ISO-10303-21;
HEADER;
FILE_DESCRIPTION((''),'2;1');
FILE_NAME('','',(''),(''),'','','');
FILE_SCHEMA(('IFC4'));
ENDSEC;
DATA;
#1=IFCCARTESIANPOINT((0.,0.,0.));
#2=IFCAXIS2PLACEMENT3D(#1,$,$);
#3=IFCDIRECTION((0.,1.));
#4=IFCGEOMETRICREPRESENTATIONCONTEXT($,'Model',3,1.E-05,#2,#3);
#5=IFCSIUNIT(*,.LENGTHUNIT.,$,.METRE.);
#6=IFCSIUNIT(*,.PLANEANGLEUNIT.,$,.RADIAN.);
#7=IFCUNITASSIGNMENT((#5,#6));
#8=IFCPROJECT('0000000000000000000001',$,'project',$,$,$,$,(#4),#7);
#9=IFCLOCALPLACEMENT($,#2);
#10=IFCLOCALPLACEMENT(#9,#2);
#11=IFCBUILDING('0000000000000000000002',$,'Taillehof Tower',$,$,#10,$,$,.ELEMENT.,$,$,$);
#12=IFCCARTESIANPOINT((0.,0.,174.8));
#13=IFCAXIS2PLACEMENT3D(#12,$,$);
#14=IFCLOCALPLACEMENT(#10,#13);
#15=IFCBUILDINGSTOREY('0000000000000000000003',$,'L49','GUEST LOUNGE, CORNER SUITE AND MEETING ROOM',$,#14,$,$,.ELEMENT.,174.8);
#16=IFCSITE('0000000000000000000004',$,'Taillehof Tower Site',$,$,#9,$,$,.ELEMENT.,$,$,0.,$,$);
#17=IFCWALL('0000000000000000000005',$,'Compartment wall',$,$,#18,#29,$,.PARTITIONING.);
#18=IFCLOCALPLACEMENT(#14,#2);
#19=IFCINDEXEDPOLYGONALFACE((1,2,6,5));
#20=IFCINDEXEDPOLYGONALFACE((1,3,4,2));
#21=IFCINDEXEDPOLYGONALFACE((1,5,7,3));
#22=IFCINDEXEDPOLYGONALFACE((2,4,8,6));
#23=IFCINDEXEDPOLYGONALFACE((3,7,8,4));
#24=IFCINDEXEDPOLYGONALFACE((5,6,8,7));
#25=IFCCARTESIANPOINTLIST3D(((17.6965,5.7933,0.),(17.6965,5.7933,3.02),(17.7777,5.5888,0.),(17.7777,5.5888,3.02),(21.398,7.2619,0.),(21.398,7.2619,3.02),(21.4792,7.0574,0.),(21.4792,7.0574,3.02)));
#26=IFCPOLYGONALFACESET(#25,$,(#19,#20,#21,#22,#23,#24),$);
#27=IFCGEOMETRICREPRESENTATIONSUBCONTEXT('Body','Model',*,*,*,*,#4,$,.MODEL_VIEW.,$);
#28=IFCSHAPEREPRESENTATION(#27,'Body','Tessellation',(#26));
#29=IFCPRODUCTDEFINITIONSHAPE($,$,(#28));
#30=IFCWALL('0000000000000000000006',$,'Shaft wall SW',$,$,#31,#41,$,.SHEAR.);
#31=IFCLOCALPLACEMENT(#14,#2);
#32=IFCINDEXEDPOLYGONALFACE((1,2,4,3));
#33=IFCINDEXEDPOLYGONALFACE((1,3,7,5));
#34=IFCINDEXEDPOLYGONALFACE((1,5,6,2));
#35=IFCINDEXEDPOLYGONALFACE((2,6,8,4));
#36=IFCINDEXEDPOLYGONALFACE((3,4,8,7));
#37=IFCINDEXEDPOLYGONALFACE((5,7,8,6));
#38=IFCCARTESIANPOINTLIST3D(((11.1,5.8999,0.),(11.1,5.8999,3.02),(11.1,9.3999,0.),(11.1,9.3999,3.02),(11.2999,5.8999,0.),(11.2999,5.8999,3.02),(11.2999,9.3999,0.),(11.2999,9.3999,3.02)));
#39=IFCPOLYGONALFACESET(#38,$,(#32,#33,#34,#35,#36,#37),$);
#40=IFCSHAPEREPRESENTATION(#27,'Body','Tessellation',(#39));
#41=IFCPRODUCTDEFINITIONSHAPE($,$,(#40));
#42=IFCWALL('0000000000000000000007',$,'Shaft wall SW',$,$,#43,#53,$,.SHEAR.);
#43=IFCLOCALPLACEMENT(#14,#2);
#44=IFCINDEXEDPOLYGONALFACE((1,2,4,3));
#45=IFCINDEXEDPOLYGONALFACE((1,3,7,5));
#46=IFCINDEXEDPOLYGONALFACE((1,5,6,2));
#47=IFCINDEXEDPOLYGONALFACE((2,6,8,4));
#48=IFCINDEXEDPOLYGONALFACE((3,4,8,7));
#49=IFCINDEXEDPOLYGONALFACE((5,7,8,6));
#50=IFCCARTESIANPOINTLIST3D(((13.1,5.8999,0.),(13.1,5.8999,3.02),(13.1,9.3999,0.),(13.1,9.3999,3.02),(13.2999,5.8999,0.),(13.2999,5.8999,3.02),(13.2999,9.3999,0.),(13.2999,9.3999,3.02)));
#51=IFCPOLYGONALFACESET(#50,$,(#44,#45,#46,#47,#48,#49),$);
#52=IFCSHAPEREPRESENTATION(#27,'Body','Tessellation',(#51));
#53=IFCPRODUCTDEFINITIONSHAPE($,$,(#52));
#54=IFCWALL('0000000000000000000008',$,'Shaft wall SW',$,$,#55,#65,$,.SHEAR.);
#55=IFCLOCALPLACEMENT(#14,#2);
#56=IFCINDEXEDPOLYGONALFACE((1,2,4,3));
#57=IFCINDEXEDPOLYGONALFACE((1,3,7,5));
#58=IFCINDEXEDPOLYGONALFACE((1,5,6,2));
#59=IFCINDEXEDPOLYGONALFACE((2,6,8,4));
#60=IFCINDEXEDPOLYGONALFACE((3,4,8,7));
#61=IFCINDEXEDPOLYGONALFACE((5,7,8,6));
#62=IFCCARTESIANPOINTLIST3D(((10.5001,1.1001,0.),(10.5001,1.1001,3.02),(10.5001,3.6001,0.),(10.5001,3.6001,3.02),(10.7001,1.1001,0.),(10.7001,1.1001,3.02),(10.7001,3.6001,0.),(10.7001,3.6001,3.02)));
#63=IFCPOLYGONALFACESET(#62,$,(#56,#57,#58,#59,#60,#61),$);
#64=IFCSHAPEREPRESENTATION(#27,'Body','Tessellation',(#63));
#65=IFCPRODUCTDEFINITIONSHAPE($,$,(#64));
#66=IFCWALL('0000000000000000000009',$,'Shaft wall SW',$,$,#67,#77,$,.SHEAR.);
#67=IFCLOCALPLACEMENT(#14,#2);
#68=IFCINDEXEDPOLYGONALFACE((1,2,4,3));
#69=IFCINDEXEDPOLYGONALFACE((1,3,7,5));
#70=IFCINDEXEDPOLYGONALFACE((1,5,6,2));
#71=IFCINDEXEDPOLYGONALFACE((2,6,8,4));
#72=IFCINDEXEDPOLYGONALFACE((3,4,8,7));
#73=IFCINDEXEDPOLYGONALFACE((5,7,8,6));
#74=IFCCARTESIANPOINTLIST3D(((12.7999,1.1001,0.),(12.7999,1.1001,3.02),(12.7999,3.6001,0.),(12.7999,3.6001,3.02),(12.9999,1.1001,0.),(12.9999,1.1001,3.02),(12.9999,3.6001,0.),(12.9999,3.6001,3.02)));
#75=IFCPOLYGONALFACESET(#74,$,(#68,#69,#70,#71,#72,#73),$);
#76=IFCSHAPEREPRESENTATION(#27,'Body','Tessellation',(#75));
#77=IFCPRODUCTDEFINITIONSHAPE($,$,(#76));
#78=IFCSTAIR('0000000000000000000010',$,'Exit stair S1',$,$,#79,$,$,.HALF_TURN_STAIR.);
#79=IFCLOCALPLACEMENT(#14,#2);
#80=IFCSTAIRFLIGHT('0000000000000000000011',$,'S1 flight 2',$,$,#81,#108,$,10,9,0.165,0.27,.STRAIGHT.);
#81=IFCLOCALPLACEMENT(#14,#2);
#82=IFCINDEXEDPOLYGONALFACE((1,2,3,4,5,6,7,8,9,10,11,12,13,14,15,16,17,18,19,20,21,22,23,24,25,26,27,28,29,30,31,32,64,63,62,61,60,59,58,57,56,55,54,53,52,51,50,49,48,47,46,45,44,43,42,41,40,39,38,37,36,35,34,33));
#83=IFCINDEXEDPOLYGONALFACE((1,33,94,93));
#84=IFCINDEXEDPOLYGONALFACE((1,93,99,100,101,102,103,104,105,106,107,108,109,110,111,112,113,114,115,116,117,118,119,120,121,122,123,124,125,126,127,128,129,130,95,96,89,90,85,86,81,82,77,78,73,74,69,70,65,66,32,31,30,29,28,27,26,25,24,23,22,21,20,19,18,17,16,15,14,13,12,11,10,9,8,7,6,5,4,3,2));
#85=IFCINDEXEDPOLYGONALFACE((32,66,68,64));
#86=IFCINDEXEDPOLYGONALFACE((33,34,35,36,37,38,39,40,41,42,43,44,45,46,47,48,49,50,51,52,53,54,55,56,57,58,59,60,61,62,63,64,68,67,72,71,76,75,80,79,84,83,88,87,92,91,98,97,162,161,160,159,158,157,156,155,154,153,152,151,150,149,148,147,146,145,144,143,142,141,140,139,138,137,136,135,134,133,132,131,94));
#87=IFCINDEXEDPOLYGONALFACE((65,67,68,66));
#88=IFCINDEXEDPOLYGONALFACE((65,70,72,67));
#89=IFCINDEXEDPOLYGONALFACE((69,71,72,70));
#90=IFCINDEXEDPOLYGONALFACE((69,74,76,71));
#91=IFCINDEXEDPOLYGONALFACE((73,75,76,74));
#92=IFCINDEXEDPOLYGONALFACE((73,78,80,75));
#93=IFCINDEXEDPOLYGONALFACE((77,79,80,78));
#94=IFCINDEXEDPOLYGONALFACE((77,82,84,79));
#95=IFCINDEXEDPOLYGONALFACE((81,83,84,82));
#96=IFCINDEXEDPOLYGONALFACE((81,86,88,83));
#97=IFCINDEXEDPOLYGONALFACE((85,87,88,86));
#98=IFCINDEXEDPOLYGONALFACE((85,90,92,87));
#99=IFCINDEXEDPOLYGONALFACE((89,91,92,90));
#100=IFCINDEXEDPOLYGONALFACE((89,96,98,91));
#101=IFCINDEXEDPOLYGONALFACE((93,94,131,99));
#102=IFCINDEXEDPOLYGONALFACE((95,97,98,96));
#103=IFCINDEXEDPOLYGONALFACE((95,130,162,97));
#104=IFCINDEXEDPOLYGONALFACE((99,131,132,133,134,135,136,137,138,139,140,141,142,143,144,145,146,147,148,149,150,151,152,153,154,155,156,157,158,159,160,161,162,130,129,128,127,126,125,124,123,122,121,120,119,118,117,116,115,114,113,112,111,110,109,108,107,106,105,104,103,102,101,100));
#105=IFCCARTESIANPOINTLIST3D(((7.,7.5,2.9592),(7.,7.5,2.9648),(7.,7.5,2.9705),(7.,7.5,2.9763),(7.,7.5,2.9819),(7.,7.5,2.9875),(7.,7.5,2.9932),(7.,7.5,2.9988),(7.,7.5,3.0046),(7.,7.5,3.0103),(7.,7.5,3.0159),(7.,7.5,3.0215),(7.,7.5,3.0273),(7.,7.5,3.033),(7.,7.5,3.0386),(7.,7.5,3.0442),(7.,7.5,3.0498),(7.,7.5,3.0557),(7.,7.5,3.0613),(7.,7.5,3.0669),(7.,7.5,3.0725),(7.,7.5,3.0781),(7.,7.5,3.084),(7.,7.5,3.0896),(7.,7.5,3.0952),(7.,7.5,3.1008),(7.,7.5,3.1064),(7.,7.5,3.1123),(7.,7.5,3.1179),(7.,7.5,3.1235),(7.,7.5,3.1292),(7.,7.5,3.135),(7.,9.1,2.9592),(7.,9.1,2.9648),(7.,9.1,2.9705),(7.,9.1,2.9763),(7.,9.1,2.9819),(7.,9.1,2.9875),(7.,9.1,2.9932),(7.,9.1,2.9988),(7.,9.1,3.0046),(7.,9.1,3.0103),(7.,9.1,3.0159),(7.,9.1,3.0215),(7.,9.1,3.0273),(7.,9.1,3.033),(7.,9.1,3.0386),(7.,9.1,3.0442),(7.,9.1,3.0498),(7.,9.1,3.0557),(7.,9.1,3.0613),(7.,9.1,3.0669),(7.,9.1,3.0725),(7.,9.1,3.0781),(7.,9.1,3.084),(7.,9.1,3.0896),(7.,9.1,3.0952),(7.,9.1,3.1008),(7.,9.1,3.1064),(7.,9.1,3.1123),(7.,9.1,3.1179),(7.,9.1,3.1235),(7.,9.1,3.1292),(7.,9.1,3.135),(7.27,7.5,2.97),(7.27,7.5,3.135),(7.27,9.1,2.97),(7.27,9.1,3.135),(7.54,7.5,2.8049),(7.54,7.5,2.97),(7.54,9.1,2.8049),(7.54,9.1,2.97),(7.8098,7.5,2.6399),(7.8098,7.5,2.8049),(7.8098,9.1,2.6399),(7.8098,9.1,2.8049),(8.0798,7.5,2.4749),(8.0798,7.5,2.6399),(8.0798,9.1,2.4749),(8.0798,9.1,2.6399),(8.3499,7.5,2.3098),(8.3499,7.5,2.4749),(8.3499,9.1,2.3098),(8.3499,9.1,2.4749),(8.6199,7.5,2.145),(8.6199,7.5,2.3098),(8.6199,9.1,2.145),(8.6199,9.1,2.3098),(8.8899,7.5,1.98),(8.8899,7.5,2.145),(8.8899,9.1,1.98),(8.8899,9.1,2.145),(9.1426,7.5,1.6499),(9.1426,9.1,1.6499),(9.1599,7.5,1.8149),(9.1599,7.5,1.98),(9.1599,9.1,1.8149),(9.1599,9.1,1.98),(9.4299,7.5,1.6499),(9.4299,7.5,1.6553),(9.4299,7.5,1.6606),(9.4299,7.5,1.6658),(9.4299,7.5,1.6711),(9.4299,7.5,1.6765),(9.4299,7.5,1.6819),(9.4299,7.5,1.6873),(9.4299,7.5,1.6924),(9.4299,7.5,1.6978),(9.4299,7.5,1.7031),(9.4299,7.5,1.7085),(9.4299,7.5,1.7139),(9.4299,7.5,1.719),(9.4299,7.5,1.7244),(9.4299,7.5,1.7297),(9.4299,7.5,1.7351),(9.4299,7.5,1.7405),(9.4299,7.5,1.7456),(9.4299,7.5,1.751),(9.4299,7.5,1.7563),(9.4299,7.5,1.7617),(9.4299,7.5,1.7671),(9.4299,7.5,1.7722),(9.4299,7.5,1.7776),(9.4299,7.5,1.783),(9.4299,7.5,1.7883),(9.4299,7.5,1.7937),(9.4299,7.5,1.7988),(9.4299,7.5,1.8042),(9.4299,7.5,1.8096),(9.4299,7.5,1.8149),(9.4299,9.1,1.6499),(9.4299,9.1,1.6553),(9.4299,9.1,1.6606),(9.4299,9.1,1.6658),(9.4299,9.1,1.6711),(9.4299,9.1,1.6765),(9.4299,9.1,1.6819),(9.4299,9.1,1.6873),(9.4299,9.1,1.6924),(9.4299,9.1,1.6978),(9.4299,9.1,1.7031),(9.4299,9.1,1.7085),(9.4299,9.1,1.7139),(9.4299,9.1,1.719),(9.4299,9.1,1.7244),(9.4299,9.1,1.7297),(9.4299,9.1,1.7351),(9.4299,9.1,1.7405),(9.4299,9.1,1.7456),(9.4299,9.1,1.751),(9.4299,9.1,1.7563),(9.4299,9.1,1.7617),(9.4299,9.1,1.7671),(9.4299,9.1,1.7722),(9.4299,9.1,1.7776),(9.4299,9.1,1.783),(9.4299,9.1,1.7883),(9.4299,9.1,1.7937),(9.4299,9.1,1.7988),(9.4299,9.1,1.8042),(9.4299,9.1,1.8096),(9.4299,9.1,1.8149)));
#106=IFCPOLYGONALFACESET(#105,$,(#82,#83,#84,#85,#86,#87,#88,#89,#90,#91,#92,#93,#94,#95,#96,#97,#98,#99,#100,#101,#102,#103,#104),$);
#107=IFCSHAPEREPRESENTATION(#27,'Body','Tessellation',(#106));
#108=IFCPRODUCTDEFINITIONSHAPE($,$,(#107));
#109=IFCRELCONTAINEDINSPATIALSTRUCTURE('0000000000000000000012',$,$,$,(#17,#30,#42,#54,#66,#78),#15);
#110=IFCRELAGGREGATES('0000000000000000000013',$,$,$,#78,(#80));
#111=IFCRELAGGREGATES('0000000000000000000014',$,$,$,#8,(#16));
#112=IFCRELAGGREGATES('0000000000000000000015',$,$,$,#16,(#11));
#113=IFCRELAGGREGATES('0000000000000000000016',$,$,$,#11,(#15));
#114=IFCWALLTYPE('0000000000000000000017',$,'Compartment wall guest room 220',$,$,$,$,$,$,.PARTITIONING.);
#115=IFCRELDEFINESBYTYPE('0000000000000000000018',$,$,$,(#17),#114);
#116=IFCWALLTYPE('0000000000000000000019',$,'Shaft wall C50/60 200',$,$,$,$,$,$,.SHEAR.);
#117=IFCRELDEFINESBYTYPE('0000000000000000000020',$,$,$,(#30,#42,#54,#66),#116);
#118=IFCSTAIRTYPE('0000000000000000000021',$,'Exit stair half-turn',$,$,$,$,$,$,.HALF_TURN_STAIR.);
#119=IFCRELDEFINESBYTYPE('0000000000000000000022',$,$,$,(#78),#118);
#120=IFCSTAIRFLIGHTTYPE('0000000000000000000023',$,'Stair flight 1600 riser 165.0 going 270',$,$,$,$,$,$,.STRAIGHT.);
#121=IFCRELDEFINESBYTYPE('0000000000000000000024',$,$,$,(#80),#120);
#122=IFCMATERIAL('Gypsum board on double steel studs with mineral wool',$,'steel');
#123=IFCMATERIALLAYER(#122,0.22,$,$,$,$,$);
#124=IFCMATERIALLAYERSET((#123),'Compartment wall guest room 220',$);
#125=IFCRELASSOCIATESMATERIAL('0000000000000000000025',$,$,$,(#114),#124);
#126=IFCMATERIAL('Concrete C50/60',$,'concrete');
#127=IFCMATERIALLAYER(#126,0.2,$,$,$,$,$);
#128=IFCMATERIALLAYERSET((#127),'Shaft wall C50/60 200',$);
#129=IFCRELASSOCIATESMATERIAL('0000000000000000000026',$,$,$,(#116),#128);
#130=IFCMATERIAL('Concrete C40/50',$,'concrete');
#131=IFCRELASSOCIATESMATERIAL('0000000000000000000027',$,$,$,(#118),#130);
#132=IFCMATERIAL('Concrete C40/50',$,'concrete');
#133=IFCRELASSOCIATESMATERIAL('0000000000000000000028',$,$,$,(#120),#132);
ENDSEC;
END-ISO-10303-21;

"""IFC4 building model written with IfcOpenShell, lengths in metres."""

from ifc_helpers import new_model, si_unit, direction, frame, frame_2d, origin, place, context, subcontext, project, spatial, polyline, rectangle, outline, extrude, material, layer, layer_set, type_object, element, aggregate, save


model = new_model("IFC4")

# Units and contexts
model_context = context("Model", 3, precision=1e-05, world=origin(), true_north=direction((0.0, 1.0)))
body_context = subcontext(model_context, "Body", "Model", "MODEL_VIEW")
ifc_project = project(units=[si_unit("LENGTHUNIT", "METRE"), si_unit("PLANEANGLEUNIT", "RADIAN")], contexts=[model_context])

# Site, building, storey
site_placement = place(None, origin())
site = spatial("IfcSite", under=ifc_project, at=site_placement, Name="Taillehof Tower Site", CompositionType="ELEMENT", RefElevation=0.0)
building_placement = place(site_placement, origin())
building = spatial("IfcBuilding", under=site, at=building_placement, Name="Taillehof Tower", CompositionType="ELEMENT")
storey_placement = place(building_placement, frame((0.0, 0.0, 174.8)))
storey = spatial("IfcBuildingStorey", under=building, at=storey_placement, Name="L49", Description="GUEST LOUNGE, CORNER SUITE AND MEETING ROOM", CompositionType="ELEMENT", Elevation=174.8)

# Walls
ifc_material_1 = material(Name="Gypsum board on double steel studs with mineral wool", Category="steel")
ifc_layer_1 = layer(ifc_material_1, 0.22)
ifc_layer_set_1 = layer_set([ifc_layer_1], Name="Compartment wall guest room 220")
wall_type_1 = type_object("IfcWallType", Name="Compartment wall guest room 220", PredefinedType="PARTITIONING", material=ifc_layer_set_1)
wall_1_placement = place(storey_placement, frame((21.4387, 7.1597, 0.0), z_axis=(0.0, 0.0, 1.0), x_axis=(-0.929517, -0.368778, 0.0)))
element("IfcWall", 1, at=wall_1_placement, inside=storey, type_object=wall_type_1, Name="Compartment wall", PredefinedType="PARTITIONING", context=body_context, shape_type="SweptSolid", body=[
    extrude(rectangle(XDim=3.9822, YDim=0.22, at=frame_2d((1.9912, 0.0))), origin(), (0.0, 0.0, 1.0), 3.02),
])
ifc_material_2 = material(Name="Concrete C50/60", Category="concrete")
ifc_layer_2 = layer(ifc_material_2, 0.2)
ifc_layer_set_2 = layer_set([ifc_layer_2], Name="Shaft wall C50/60 200")
wall_type_2 = type_object("IfcWallType", Name="Shaft wall C50/60 200", PredefinedType="SHEAR", material=ifc_layer_set_2)
for number, where, z_axis, x_axis, name in (
    (2, (11.2, 5.8999, 0.0), (0.0, 0.0, 1.0), (0.0, 1.0, 0.0), "Shaft wall SW"),
    (3, (13.2, 5.8999, 0.0), (0.0, 0.0, 1.0), (0.0, 1.0, 0.0), "Shaft wall SW"),
):
    element("IfcWall", number, at=place(storey_placement, frame(where, z_axis=z_axis, x_axis=x_axis)), inside=storey, type_object=wall_type_2, Name=name, PredefinedType="SHEAR", context=body_context, shape_type="SweptSolid", body=[
        extrude(rectangle(XDim=3.5, YDim=0.2, at=frame_2d((1.75, 0.0))), origin(), (0.0, 0.0, 1.0), 3.02),
    ])
for number, where, z_axis, x_axis, name in (
    (4, (10.6001, 1.1001, 0.0), (0.0, 0.0, 1.0), (0.0, 1.0, 0.0), "Shaft wall SW"),
    (5, (12.8999, 1.1001, 0.0), (0.0, 0.0, 1.0), (0.0, 1.0, 0.0), "Shaft wall SW"),
):
    element("IfcWall", number, at=place(storey_placement, frame(where, z_axis=z_axis, x_axis=x_axis)), inside=storey, type_object=wall_type_2, Name=name, PredefinedType="SHEAR", context=body_context, shape_type="SweptSolid", body=[
        extrude(rectangle(XDim=2.5, YDim=0.2, at=frame_2d((1.25, 0.0))), origin(), (0.0, 0.0, 1.0), 3.02),
    ])

# Stair, stair flight
ifc_material_3 = material(Name="Concrete C40/50", Category="concrete")
stair_type = type_object("IfcStairType", Name="Exit stair half-turn", PredefinedType="HALF_TURN_STAIR", material=ifc_material_3)
stair_placement = place(storey_placement, origin())
stair = element("IfcStair", 6, at=stair_placement, inside=storey, type_object=stair_type, Name="Exit stair S1", PredefinedType="HALF_TURN_STAIR")
ifc_material_4 = material(Name="Concrete C40/50", Category="concrete")
stair_flight_type = type_object("IfcStairFlightType", Name="Stair flight 1600 riser 165.0 going 270", PredefinedType="STRAIGHT", material=ifc_material_4)
stair_flight_placement = place(storey_placement, frame((9.4299, 8.3, 1.6499), z_axis=(0.0, 0.0, 1.0), x_axis=(-1.0, 0.0, 0.0)))
stair_flight = element("IfcStairFlight", 7, at=stair_flight_placement, type_object=stair_flight_type, Name="S1 flight 2", NumberOfRisers=10, NumberOfTreads=9, PredefinedType="STRAIGHT", RiserHeight=0.165, TreadLength=0.27, context=body_context, shape_type="SweptSolid", body=[
    extrude(outline(polyline([(0.0, 0.0), (0.0, 0.0054), (0.0, 0.0107), (0.0, 0.0159), (0.0, 0.0212), (0.0, 0.0266), (0.0, 0.032), (0.0, 0.0374), (0.0, 0.0425), (0.0, 0.0479), (0.0, 0.0532), (0.0, 0.0586), (0.0, 0.064), (0.0, 0.0691), (0.0, 0.0745), (0.0, 0.0798), (0.0, 0.0852), (0.0, 0.0906), (0.0, 0.0957), (0.0, 0.1011), (0.0, 0.1064), (0.0, 0.1118), (0.0, 0.1172), (0.0, 0.1223), (0.0, 0.1277), (0.0, 0.1331), (0.0, 0.1384), (0.0, 0.1438), (0.0, 0.1489), (0.0, 0.1543), (0.0, 0.1597), (0.0, 0.165), (0.27, 0.165), (0.27, 0.3301), (0.54, 0.3301), (0.54, 0.4951), (0.8101, 0.4951), (0.8101, 0.6599), (1.0801, 0.6599), (1.0801, 0.825), (1.3501, 0.825), (1.3501, 0.99), (1.6201, 0.99), (1.6201, 1.155), (1.8899, 1.155), (1.8899, 1.3201), (2.1599, 1.3201), (2.1599, 1.4851), (2.4299, 1.4851), (2.4299, 1.4792), (2.4299, 1.4736), (2.4299, 1.468), (2.4299, 1.4624), (2.4299, 1.4565), (2.4299, 1.4509), (2.4299, 1.4453), (2.4299, 1.4397), (2.4299, 1.4341), (2.4299, 1.4282), (2.4299, 1.4226), (2.4299, 1.417), (2.4299, 1.4114), (2.4299, 1.4058), (2.4299, 1.3999), (2.4299, 1.3943), (2.4299, 1.3887), (2.4299, 1.3831), (2.4299, 1.3774), (2.4299, 1.3716), (2.4299, 1.366), (2.4299, 1.3604), (2.4299, 1.3547), (2.4299, 1.3489), (2.4299, 1.3433), (2.4299, 1.3376), (2.4299, 1.332), (2.4299, 1.3264), (2.4299, 1.3206), (2.4299, 1.3149), (2.4299, 1.3093), (0.2874, 0.0), (0.0, 0.0)])), frame((0.0, 0.8, 0.0), z_axis=(0.0, -1.0, 0.0), x_axis=(1.0, 0.0, 0.0)), (0.0, 0.0, 1.0), 1.6),
])
aggregate(stair, [stair_flight])

save(model, "model.ifc")
